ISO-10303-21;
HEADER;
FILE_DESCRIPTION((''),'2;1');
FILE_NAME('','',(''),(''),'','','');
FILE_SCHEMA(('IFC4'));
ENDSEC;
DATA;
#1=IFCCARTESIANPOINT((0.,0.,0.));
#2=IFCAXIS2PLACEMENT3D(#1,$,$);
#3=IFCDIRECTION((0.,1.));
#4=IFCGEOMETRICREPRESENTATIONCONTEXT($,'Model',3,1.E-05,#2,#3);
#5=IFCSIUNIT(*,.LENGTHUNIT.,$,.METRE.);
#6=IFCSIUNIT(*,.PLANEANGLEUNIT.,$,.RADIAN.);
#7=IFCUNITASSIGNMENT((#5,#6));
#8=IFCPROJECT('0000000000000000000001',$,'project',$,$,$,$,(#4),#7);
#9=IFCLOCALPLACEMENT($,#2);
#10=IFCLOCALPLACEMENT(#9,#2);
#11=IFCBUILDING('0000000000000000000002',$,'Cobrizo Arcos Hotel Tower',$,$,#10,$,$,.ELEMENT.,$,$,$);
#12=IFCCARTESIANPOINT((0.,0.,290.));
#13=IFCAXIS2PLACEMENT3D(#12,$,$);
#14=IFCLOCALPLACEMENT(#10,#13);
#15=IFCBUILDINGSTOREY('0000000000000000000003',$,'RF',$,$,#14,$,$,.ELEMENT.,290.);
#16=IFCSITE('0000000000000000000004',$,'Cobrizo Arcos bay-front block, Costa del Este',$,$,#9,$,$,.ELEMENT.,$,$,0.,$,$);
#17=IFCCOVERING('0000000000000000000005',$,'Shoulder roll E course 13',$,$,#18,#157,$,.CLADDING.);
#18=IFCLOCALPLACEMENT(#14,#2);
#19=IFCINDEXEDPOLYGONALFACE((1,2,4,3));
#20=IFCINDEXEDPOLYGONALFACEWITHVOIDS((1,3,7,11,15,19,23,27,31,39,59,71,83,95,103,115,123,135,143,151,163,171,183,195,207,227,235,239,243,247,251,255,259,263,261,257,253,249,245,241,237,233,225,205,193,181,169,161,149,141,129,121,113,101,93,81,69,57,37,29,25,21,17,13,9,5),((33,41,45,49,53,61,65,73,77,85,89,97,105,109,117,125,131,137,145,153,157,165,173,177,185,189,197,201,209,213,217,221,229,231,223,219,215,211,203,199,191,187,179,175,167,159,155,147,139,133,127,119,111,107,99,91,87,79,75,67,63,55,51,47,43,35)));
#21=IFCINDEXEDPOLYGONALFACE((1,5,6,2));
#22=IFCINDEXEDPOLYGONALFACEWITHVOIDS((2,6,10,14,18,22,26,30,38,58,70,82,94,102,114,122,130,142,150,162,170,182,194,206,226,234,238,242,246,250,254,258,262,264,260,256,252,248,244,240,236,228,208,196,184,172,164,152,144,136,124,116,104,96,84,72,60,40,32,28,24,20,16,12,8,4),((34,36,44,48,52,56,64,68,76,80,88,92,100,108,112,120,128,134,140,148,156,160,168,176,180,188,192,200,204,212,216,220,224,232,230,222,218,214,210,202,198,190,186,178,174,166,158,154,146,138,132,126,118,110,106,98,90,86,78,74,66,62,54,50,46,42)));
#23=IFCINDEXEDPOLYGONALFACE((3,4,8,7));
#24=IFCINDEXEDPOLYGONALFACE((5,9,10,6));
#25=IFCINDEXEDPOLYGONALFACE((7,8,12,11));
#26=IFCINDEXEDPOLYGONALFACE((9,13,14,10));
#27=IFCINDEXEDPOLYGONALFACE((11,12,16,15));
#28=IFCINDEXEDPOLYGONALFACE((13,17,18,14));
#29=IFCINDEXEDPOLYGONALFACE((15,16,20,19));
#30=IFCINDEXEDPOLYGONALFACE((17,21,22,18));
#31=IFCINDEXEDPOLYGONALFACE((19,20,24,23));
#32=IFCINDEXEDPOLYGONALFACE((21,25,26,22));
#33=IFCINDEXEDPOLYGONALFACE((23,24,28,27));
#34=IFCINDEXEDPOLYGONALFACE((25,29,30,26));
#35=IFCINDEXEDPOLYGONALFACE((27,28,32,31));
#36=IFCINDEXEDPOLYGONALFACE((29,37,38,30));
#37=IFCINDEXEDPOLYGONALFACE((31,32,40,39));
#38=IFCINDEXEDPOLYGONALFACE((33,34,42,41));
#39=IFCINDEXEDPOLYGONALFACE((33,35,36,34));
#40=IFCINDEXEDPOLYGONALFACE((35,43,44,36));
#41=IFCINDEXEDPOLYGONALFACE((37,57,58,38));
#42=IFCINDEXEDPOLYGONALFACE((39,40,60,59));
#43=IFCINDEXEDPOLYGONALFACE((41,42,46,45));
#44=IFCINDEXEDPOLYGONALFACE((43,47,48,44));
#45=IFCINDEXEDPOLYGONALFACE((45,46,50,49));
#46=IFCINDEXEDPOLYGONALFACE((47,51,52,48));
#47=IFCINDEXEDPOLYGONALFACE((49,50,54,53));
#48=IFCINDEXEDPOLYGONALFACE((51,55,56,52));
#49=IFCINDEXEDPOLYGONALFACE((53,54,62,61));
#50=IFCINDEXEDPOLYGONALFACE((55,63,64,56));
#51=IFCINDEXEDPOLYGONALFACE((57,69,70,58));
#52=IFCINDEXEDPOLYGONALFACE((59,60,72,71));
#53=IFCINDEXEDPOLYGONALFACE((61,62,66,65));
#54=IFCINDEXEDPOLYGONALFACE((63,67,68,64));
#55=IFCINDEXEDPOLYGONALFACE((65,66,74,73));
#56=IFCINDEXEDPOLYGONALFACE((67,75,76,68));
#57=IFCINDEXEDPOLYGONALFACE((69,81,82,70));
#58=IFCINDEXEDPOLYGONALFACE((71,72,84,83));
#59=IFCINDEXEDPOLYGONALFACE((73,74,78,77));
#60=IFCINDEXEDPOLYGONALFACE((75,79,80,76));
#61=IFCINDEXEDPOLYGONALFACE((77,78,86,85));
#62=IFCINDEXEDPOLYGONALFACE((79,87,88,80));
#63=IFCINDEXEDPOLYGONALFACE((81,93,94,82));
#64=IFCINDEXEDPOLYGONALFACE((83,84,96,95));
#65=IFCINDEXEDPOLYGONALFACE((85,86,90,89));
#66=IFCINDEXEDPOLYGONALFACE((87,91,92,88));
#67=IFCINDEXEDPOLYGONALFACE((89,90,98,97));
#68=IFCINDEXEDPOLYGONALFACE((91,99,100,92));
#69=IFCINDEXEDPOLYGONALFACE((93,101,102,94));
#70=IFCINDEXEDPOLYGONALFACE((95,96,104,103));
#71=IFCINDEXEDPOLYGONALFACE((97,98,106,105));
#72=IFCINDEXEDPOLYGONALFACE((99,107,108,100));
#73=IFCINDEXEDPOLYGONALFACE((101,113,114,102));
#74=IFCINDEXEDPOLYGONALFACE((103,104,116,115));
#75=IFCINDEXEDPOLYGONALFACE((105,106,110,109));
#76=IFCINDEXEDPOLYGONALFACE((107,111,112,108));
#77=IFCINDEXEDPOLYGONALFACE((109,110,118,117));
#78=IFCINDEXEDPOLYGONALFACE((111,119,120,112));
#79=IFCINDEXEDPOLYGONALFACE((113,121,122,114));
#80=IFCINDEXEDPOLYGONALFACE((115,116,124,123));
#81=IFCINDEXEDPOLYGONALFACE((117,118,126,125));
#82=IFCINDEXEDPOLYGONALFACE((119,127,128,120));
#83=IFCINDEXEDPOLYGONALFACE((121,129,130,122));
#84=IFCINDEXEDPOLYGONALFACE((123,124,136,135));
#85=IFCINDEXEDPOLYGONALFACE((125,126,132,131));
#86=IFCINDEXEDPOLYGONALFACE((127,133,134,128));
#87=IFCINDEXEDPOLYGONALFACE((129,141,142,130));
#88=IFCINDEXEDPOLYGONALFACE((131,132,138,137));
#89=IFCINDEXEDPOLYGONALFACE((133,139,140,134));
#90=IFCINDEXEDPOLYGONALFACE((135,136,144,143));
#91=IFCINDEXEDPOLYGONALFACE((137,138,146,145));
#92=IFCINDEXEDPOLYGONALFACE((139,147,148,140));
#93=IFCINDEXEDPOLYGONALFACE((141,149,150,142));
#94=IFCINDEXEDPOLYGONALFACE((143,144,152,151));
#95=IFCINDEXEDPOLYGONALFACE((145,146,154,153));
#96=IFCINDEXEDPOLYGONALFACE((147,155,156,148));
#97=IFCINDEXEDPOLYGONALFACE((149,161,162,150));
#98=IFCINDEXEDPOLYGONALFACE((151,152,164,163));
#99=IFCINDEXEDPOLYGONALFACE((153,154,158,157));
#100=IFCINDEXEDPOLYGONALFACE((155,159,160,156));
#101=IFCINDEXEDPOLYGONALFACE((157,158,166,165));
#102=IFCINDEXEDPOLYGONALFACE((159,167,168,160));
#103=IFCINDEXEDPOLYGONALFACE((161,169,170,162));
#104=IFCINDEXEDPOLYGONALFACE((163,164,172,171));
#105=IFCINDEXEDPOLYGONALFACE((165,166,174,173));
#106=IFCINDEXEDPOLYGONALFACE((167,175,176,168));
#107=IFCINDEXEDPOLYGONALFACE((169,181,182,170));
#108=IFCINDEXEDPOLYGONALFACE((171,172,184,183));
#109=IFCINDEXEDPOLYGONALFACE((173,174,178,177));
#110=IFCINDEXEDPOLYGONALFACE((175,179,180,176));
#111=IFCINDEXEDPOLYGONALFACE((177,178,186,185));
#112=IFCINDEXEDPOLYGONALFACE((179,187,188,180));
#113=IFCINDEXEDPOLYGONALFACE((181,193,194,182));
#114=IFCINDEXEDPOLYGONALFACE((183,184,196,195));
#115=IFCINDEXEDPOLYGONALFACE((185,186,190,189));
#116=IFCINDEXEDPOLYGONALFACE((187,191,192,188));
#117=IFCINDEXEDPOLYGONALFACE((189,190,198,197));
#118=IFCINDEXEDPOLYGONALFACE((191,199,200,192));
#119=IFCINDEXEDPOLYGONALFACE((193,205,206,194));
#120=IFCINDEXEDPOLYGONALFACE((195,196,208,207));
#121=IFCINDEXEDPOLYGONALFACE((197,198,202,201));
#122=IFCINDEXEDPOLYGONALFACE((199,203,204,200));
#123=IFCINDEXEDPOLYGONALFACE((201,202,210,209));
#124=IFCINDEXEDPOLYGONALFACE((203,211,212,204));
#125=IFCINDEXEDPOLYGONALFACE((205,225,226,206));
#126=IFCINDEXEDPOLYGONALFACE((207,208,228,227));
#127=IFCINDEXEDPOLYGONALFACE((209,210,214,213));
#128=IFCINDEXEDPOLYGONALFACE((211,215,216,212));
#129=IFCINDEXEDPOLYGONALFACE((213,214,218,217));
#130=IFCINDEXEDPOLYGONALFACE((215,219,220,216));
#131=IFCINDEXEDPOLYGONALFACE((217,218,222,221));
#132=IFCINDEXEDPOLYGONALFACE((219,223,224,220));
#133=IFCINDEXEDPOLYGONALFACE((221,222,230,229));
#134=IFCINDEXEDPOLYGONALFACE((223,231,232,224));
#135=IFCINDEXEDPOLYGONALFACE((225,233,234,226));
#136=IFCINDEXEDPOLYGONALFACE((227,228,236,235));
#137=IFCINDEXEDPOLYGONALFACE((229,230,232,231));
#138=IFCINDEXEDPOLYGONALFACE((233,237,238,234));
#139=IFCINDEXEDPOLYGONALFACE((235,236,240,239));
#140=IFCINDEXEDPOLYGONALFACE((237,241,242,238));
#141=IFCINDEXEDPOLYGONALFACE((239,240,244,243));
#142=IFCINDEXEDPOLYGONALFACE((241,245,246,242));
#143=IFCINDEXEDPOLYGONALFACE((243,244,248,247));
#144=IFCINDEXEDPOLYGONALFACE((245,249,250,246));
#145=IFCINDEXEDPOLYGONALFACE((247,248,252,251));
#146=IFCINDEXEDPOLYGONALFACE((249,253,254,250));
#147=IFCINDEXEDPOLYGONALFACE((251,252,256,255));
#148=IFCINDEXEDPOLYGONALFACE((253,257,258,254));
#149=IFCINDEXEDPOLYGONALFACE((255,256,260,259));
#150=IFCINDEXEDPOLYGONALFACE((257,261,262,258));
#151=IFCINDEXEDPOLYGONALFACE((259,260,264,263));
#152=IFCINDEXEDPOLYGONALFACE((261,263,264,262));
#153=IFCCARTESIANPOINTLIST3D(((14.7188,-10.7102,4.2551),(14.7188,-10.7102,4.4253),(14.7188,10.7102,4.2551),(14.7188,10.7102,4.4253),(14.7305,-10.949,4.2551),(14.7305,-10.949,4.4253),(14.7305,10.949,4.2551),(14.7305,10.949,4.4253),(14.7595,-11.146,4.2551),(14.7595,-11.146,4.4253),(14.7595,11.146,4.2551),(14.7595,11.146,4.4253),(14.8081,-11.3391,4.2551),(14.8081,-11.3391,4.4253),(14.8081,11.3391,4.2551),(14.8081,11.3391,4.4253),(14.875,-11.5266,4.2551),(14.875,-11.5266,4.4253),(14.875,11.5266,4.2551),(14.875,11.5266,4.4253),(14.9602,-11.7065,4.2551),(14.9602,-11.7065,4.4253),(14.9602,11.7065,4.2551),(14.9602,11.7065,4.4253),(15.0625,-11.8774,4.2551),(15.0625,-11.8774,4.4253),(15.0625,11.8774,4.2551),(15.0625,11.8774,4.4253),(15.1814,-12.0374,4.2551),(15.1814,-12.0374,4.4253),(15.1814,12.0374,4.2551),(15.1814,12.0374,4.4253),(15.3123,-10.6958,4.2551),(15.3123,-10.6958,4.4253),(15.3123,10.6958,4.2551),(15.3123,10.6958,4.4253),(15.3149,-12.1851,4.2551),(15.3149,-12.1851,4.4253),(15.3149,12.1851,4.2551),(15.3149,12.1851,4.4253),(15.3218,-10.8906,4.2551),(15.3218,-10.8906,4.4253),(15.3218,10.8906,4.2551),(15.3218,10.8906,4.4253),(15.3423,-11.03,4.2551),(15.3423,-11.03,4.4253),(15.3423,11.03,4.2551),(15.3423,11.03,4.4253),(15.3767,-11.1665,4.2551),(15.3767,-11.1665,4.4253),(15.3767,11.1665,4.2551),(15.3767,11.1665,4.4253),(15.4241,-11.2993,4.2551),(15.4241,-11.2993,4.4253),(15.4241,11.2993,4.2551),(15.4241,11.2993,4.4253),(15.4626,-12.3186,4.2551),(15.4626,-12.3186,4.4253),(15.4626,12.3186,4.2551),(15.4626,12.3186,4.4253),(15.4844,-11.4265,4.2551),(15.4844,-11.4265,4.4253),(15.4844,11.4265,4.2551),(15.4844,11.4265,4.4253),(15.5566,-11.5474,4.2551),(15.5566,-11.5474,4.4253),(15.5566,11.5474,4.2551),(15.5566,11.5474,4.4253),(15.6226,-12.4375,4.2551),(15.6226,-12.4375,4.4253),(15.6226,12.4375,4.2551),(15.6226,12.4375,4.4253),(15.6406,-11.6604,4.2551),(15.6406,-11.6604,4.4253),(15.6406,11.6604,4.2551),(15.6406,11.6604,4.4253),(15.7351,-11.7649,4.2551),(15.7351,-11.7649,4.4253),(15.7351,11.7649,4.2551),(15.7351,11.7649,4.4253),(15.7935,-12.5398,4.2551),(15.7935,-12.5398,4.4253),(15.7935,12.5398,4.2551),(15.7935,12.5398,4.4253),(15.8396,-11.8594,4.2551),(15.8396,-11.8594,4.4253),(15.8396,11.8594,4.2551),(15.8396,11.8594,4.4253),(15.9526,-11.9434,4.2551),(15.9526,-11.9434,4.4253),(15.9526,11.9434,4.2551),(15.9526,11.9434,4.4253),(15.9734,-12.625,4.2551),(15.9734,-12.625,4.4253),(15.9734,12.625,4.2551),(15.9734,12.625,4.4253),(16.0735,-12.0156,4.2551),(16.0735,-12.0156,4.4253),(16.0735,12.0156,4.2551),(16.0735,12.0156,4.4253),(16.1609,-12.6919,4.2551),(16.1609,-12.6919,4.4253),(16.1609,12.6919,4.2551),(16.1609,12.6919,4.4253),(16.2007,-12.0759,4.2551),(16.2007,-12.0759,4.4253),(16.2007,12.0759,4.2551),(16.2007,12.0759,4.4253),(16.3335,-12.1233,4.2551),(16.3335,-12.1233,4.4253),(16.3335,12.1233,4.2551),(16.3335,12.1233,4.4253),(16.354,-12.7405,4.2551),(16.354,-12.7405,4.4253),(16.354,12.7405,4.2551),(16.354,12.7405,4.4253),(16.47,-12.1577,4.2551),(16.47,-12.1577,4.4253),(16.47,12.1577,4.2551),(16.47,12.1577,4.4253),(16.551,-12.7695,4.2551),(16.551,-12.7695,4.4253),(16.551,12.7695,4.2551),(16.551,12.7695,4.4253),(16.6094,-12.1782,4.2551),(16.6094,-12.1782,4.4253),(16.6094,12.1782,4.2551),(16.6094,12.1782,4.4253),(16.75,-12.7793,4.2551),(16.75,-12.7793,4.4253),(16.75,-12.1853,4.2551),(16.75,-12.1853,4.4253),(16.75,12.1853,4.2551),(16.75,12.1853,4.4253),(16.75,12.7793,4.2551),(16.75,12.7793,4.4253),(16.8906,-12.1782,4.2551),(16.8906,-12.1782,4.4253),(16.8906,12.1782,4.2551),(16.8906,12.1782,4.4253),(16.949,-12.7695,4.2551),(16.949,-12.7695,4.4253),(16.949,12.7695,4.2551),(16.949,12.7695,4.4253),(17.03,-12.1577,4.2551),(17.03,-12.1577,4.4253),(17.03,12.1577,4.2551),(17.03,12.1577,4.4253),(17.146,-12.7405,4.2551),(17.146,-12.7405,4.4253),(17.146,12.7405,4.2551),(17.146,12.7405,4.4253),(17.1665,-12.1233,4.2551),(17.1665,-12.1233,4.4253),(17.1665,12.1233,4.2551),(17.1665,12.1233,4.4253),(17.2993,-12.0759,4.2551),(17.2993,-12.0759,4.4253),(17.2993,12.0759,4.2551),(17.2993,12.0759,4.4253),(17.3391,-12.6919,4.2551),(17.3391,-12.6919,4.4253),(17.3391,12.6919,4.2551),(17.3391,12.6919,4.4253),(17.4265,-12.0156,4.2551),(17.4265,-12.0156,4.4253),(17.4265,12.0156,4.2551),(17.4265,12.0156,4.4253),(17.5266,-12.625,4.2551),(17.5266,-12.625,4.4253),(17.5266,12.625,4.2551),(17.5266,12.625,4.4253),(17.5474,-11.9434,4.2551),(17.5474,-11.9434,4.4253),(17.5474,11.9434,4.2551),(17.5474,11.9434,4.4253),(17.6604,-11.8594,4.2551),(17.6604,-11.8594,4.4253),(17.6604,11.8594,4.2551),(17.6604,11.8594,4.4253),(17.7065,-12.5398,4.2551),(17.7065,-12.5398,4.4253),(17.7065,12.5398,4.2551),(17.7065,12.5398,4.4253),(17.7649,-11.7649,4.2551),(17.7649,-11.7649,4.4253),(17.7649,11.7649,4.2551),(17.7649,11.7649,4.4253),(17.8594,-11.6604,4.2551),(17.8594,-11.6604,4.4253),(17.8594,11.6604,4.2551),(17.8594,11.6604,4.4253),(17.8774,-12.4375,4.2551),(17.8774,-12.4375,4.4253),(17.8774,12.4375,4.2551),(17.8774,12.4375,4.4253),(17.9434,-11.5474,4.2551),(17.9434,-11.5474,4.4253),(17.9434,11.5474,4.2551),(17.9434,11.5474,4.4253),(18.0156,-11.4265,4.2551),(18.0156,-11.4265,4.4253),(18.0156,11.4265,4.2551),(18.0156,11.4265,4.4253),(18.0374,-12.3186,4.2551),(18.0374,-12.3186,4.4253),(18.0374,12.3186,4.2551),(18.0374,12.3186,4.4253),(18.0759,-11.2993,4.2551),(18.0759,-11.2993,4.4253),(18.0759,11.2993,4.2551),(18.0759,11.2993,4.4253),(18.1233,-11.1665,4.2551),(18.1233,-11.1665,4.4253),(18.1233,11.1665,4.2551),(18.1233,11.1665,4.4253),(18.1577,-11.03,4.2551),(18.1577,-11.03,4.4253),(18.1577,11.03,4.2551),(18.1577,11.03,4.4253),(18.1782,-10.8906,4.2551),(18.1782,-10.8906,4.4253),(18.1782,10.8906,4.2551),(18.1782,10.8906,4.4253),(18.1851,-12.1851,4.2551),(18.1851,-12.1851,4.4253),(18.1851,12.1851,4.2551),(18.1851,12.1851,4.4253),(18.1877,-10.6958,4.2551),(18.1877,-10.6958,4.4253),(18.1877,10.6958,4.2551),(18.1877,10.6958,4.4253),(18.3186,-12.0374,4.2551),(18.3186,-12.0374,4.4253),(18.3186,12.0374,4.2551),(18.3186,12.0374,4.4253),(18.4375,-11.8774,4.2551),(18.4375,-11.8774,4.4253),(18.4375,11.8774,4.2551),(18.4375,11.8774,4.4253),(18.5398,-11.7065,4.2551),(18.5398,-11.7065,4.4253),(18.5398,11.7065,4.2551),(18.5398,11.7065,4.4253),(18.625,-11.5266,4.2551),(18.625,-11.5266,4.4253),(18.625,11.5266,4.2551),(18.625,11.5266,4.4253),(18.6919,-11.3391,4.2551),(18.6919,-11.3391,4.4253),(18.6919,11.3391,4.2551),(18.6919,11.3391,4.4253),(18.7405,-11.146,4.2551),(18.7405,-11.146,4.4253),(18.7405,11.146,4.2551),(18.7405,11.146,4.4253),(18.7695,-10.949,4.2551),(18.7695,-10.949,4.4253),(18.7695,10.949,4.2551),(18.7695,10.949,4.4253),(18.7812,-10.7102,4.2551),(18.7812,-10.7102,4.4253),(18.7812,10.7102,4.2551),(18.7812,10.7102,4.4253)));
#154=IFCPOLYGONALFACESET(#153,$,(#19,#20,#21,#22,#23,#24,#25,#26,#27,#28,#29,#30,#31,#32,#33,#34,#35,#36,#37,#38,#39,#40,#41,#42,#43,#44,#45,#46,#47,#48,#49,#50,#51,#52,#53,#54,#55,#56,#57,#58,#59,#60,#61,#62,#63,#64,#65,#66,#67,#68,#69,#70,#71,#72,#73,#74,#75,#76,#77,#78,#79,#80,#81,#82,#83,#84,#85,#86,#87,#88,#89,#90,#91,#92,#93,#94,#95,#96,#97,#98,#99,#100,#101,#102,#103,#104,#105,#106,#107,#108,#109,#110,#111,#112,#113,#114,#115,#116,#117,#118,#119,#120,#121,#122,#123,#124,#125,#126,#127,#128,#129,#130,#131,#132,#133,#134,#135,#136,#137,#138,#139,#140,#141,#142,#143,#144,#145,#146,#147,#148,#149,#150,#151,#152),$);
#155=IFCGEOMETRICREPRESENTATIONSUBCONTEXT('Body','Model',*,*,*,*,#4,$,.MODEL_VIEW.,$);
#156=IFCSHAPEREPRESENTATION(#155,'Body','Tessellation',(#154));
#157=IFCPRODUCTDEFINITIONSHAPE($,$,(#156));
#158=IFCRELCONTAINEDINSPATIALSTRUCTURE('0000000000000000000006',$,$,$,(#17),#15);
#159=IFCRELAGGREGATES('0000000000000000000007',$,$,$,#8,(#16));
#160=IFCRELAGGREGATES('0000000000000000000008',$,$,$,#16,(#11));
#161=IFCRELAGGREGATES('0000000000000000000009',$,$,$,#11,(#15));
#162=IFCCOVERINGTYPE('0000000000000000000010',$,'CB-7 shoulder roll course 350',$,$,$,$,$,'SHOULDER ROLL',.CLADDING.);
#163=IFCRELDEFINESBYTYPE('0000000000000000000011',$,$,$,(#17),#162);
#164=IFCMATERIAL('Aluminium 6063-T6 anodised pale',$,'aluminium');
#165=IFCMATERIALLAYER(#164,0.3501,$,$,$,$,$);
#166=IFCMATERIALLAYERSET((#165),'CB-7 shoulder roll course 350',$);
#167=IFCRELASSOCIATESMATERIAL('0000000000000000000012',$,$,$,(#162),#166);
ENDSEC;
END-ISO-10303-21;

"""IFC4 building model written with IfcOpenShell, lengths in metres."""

from ifc_helpers import new_model, si_unit, direction, frame, origin, place, context, subcontext, project, spatial, polyline, outline, extrude, material, layer, layer_set, type_object, element, save


model = new_model("IFC4")

# Units and contexts
model_context = context("Model", 3, precision=1e-05, world=origin(), true_north=direction((0.0, 1.0)))
body_context = subcontext(model_context, "Body", "Model", "MODEL_VIEW")
ifc_project = project(units=[si_unit("LENGTHUNIT", "METRE"), si_unit("PLANEANGLEUNIT", "RADIAN")], contexts=[model_context])

# Site, building, storey
site_placement = place(None, origin())
site = spatial("IfcSite", under=ifc_project, at=site_placement, Name="Cobrizo Arcos bay-front block, Costa del Este", CompositionType="ELEMENT", RefElevation=0.0)
building_placement = place(site_placement, origin())
building = spatial("IfcBuilding", under=site, at=building_placement, Name="Cobrizo Arcos Hotel Tower", CompositionType="ELEMENT")
storey_placement = place(building_placement, frame((0.0, 0.0, 290.0)))
storey = spatial("IfcBuildingStorey", under=building, at=storey_placement, Name="RF", CompositionType="ELEMENT", Elevation=290.0)

# Covering
ifc_material_1 = material(Name="Aluminium 6063-T6 anodised pale", Category="aluminium")
ifc_layer_1 = layer(ifc_material_1, 0.3501)
ifc_layer_set_1 = layer_set([ifc_layer_1], Name="CB-7 shoulder roll course 350")
covering_type_1 = type_object("IfcCoveringType", Name="CB-7 shoulder roll course 350", ElementType="SHOULDER ROLL", PredefinedType="CLADDING", material=ifc_layer_set_1)
covering_1_placement = place(storey_placement, frame((0.0, 0.0, 4.2551)))
element("IfcCovering", 1, at=covering_1_placement, inside=storey, type_object=covering_type_1, Name="Shoulder roll E course 13", PredefinedType="CLADDING", context=body_context, shape_type="SweptSolid", body=[
    extrude(outline(polyline([(14.7188, 10.7102), (14.7305, 10.949), (14.7595, 11.146), (14.8081, 11.3391), (14.875, 11.5266), (14.9602, 11.7065), (15.0625, 11.8774), (15.1814, 12.0374), (15.3149, 12.1851), (15.4626, 12.3186), (15.6226, 12.4375), (15.7935, 12.5398), (15.9734, 12.625), (16.1609, 12.6919), (16.354, 12.7405), (16.551, 12.7695), (16.75, 12.7793), (16.949, 12.7695), (17.146, 12.7405), (17.3391, 12.6919), (17.5266, 12.625), (17.7065, 12.5398), (17.8774, 12.4375), (18.0374, 12.3186), (18.1851, 12.1851), (18.3186, 12.0374), (18.4375, 11.8774), (18.5398, 11.7065), (18.625, 11.5266), (18.6919, 11.3391), (18.7405, 11.146), (18.7695, 10.949), (18.7812, 10.7102), (18.7812, -10.7102), (18.7695, -10.949), (18.7405, -11.146), (18.6919, -11.3391), (18.625, -11.5266), (18.5398, -11.7065), (18.4375, -11.8774), (18.3186, -12.0374), (18.1851, -12.1851), (18.0374, -12.3186), (17.8774, -12.4375), (17.7065, -12.5398), (17.5266, -12.625), (17.3391, -12.6919), (17.146, -12.7405), (16.949, -12.7695), (16.75, -12.7793), (16.551, -12.7695), (16.354, -12.7405), (16.1609, -12.6919), (15.9734, -12.625), (15.7935, -12.5398), (15.6226, -12.4375), (15.4626, -12.3186), (15.3149, -12.1851), (15.1814, -12.0374), (15.0625, -11.8774), (14.9602, -11.7065), (14.875, -11.5266), (14.8081, -11.3391), (14.7595, -11.146), (14.7305, -10.949), (14.7188, -10.7102), (14.7188, 10.7102)]), holes=[polyline([(15.3123, 10.6958), (15.3218, 10.8906), (15.3423, 11.03), (15.3767, 11.1665), (15.4241, 11.2993), (15.4844, 11.4265), (15.5566, 11.5474), (15.6406, 11.6604), (15.7351, 11.7649), (15.8396, 11.8594), (15.9526, 11.9434), (16.0735, 12.0156), (16.2007, 12.0759), (16.3335, 12.1233), (16.47, 12.1577), (16.6094, 12.1782), (16.75, 12.1853), (16.8906, 12.1782), (17.03, 12.1577), (17.1665, 12.1233), (17.2993, 12.0759), (17.4265, 12.0156), (17.5474, 11.9434), (17.6604, 11.8594), (17.7649, 11.7649), (17.8594, 11.6604), (17.9434, 11.5474), (18.0156, 11.4265), (18.0759, 11.2993), (18.1233, 11.1665), (18.1577, 11.03), (18.1782, 10.8906), (18.1877, 10.6958), (18.1877, -10.6958), (18.1782, -10.8906), (18.1577, -11.03), (18.1233, -11.1665), (18.0759, -11.2993), (18.0156, -11.4265), (17.9434, -11.5474), (17.8594, -11.6604), (17.7649, -11.7649), (17.6604, -11.8594), (17.5474, -11.9434), (17.4265, -12.0156), (17.2993, -12.0759), (17.1665, -12.1233), (17.03, -12.1577), (16.8906, -12.1782), (16.75, -12.1853), (16.6094, -12.1782), (16.47, -12.1577), (16.3335, -12.1233), (16.2007, -12.0759), (16.0735, -12.0156), (15.9526, -11.9434), (15.8396, -11.8594), (15.7351, -11.7649), (15.6406, -11.6604), (15.5566, -11.5474), (15.4844, -11.4265), (15.4241, -11.2993), (15.3767, -11.1665), (15.3423, -11.03), (15.3218, -10.8906), (15.3123, -10.6958), (15.3123, 10.6958)])]), origin(), (0.0, 0.0, 1.0), 0.1702),
])

save(model, "model.ifc")
